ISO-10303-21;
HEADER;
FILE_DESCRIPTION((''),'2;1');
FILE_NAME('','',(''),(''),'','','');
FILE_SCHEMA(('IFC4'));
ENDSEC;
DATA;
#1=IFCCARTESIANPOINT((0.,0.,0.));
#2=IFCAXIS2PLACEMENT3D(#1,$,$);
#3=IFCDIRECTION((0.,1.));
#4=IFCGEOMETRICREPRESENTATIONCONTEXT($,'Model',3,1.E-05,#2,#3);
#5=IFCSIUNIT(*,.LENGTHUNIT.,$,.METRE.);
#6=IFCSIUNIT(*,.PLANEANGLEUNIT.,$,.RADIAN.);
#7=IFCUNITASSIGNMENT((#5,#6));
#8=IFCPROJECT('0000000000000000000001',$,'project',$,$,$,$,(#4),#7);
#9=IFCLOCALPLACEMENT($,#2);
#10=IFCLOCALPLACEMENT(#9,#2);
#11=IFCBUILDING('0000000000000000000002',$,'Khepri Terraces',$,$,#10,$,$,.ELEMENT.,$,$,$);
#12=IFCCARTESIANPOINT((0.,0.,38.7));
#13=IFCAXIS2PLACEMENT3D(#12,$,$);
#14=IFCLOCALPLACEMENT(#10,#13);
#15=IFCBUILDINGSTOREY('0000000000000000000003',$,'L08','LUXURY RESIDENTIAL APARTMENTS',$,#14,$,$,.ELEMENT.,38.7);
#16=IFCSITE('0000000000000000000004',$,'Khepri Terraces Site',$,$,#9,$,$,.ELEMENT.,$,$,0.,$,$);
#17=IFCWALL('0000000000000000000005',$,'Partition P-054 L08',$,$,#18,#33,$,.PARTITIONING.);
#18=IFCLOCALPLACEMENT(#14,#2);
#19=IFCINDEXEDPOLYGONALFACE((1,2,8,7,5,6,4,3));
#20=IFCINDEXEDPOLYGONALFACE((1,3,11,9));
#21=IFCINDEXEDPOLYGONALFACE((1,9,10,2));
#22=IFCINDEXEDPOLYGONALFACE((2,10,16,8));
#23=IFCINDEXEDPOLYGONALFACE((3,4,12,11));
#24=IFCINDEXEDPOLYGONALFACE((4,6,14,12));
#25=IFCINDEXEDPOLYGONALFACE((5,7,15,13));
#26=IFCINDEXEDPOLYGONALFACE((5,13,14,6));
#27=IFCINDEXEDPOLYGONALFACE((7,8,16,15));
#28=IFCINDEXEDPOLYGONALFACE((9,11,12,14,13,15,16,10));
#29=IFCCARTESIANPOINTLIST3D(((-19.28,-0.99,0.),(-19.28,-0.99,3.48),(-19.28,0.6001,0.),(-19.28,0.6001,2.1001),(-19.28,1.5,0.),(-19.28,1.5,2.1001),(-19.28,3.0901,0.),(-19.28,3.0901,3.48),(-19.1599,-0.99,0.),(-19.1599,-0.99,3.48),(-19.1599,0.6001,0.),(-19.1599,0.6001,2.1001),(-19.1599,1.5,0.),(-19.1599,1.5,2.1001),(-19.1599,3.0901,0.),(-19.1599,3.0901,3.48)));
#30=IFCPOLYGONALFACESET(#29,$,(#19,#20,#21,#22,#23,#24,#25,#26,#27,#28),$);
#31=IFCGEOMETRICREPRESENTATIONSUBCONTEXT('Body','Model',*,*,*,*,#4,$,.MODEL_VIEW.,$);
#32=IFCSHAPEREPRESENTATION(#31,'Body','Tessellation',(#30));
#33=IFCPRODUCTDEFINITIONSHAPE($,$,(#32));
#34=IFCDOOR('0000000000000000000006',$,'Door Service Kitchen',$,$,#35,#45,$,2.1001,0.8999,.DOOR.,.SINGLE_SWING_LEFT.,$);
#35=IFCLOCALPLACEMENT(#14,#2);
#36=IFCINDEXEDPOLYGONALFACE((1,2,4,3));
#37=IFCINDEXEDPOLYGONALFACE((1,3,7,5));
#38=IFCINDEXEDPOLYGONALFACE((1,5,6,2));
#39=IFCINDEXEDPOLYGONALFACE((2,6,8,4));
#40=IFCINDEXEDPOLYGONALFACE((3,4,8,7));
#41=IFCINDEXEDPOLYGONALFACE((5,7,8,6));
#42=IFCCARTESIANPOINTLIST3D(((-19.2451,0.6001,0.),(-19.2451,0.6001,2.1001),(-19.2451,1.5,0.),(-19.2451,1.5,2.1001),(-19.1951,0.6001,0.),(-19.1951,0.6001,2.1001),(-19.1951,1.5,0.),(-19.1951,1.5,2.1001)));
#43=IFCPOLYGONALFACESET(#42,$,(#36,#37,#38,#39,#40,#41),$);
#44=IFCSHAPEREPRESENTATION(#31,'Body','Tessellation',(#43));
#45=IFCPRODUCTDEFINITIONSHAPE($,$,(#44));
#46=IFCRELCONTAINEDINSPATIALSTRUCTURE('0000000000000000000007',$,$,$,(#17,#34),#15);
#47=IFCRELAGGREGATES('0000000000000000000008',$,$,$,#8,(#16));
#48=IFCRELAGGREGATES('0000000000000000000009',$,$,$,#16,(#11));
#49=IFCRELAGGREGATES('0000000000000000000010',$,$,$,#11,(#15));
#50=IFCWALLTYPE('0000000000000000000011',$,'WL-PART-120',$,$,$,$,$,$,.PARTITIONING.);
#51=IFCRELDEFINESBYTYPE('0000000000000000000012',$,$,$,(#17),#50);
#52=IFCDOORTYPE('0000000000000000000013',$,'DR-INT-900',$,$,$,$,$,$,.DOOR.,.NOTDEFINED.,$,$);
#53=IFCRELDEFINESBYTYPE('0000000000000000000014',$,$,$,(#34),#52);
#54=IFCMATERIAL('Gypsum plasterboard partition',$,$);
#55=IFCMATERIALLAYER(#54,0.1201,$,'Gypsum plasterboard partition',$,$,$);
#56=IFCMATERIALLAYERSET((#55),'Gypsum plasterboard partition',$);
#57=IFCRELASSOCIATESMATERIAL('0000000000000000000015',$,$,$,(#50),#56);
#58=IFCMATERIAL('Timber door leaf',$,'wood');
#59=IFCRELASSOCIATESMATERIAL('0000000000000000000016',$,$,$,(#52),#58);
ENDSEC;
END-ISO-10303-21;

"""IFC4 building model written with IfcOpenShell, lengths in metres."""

from ifc_helpers import new_model, si_unit, direction, frame, frame_2d, origin, place, context, subcontext, project, spatial, rectangle, extrude, material, layer, layer_set, type_object, element, fill, save


model = new_model("IFC4")

# Units and contexts
model_context = context("Model", 3, precision=1e-05, world=origin(), true_north=direction((0.0, 1.0)))
body_context = subcontext(model_context, "Body", "Model", "MODEL_VIEW")
ifc_project = project(units=[si_unit("LENGTHUNIT", "METRE"), si_unit("PLANEANGLEUNIT", "RADIAN")], contexts=[model_context])

# Site, building, storey
site_placement = place(None, origin())
site = spatial("IfcSite", under=ifc_project, at=site_placement, Name="Khepri Terraces Site", CompositionType="ELEMENT", RefElevation=0.0)
building_placement = place(site_placement, origin())
building = spatial("IfcBuilding", under=site, at=building_placement, Name="Khepri Terraces", CompositionType="ELEMENT")
storey_placement = place(building_placement, frame((0.0, 0.0, 38.7)))
storey = spatial("IfcBuildingStorey", under=building, at=storey_placement, Name="L08", Description="LUXURY RESIDENTIAL APARTMENTS", CompositionType="ELEMENT", Elevation=38.7)

# Shared definitions
ifc_material_1 = material(Name="Gypsum plasterboard partition")
ifc_layer_1 = layer(ifc_material_1, 0.1201, Name="Gypsum plasterboard partition")
ifc_layer_set_1 = layer_set([ifc_layer_1], Name="Gypsum plasterboard partition")
wall_type_1 = type_object("IfcWallType", Name="WL-PART-120", PredefinedType="PARTITIONING", material=ifc_layer_set_1)
ifc_material_2 = material(Name="Timber door leaf", Category="wood")
door_type_1 = type_object("IfcDoorType", Name="DR-INT-900", OperationType="NOTDEFINED", PredefinedType="DOOR", material=ifc_material_2)

# Wall, opening, door
wall_1_placement = place(storey_placement, frame((-19.22, -0.99, 0.0), z_axis=(0.0, 0.0, 1.0), x_axis=(0.0, 1.0, 0.0)))
wall_1 = element("IfcWall", 1, at=wall_1_placement, inside=storey, type_object=wall_type_1, Name="Partition P-054 L08", PredefinedType="PARTITIONING", context=body_context, shape_type="SweptSolid", body=[
    extrude(rectangle(XDim=4.0801, YDim=0.1201, at=frame_2d((2.04, 0.0))), origin(), (0.0, 0.0, 1.0), 3.48),
])
opening_1_placement = place(wall_1_placement, frame((1.5901, 0.0, 0.0)))
opening_1 = element("IfcOpeningElement", 2, at=opening_1_placement, cuts=wall_1, PredefinedType="OPENING", context=body_context, shape_type="SweptSolid", body=[
    extrude(rectangle(XDim=0.8999, YDim=2.1001, at=frame_2d((0.45, 1.05))), frame((0.0, 0.0701, 0.0), z_axis=(0.0, -1.0, 0.0), x_axis=(1.0, 0.0, 0.0)), (0.0, 0.0, 1.0), 0.1401),
])
door_1_placement = place(opening_1_placement, frame((0.8999, 0.0, 0.0), z_axis=(0.0, 0.0, 1.0), x_axis=(-1.0, 0.0, 0.0)))
door_1 = element("IfcDoor", 3, at=door_1_placement, inside=storey, type_object=door_type_1, Name="Door Service Kitchen", OperationType="SINGLE_SWING_LEFT", OverallHeight=2.1001, OverallWidth=0.8999, PredefinedType="DOOR", context=body_context, shape_type="SweptSolid", body=[
    extrude(rectangle(XDim=0.8999, YDim=2.1001, at=frame_2d((0.45, 1.05))), frame((0.0, 0.0249, 0.0), z_axis=(0.0, -1.0, 0.0), x_axis=(1.0, 0.0, 0.0)), (0.0, 0.0, 1.0), 0.05),
])
fill(opening_1, door_1)

save(model, "model.ifc")
